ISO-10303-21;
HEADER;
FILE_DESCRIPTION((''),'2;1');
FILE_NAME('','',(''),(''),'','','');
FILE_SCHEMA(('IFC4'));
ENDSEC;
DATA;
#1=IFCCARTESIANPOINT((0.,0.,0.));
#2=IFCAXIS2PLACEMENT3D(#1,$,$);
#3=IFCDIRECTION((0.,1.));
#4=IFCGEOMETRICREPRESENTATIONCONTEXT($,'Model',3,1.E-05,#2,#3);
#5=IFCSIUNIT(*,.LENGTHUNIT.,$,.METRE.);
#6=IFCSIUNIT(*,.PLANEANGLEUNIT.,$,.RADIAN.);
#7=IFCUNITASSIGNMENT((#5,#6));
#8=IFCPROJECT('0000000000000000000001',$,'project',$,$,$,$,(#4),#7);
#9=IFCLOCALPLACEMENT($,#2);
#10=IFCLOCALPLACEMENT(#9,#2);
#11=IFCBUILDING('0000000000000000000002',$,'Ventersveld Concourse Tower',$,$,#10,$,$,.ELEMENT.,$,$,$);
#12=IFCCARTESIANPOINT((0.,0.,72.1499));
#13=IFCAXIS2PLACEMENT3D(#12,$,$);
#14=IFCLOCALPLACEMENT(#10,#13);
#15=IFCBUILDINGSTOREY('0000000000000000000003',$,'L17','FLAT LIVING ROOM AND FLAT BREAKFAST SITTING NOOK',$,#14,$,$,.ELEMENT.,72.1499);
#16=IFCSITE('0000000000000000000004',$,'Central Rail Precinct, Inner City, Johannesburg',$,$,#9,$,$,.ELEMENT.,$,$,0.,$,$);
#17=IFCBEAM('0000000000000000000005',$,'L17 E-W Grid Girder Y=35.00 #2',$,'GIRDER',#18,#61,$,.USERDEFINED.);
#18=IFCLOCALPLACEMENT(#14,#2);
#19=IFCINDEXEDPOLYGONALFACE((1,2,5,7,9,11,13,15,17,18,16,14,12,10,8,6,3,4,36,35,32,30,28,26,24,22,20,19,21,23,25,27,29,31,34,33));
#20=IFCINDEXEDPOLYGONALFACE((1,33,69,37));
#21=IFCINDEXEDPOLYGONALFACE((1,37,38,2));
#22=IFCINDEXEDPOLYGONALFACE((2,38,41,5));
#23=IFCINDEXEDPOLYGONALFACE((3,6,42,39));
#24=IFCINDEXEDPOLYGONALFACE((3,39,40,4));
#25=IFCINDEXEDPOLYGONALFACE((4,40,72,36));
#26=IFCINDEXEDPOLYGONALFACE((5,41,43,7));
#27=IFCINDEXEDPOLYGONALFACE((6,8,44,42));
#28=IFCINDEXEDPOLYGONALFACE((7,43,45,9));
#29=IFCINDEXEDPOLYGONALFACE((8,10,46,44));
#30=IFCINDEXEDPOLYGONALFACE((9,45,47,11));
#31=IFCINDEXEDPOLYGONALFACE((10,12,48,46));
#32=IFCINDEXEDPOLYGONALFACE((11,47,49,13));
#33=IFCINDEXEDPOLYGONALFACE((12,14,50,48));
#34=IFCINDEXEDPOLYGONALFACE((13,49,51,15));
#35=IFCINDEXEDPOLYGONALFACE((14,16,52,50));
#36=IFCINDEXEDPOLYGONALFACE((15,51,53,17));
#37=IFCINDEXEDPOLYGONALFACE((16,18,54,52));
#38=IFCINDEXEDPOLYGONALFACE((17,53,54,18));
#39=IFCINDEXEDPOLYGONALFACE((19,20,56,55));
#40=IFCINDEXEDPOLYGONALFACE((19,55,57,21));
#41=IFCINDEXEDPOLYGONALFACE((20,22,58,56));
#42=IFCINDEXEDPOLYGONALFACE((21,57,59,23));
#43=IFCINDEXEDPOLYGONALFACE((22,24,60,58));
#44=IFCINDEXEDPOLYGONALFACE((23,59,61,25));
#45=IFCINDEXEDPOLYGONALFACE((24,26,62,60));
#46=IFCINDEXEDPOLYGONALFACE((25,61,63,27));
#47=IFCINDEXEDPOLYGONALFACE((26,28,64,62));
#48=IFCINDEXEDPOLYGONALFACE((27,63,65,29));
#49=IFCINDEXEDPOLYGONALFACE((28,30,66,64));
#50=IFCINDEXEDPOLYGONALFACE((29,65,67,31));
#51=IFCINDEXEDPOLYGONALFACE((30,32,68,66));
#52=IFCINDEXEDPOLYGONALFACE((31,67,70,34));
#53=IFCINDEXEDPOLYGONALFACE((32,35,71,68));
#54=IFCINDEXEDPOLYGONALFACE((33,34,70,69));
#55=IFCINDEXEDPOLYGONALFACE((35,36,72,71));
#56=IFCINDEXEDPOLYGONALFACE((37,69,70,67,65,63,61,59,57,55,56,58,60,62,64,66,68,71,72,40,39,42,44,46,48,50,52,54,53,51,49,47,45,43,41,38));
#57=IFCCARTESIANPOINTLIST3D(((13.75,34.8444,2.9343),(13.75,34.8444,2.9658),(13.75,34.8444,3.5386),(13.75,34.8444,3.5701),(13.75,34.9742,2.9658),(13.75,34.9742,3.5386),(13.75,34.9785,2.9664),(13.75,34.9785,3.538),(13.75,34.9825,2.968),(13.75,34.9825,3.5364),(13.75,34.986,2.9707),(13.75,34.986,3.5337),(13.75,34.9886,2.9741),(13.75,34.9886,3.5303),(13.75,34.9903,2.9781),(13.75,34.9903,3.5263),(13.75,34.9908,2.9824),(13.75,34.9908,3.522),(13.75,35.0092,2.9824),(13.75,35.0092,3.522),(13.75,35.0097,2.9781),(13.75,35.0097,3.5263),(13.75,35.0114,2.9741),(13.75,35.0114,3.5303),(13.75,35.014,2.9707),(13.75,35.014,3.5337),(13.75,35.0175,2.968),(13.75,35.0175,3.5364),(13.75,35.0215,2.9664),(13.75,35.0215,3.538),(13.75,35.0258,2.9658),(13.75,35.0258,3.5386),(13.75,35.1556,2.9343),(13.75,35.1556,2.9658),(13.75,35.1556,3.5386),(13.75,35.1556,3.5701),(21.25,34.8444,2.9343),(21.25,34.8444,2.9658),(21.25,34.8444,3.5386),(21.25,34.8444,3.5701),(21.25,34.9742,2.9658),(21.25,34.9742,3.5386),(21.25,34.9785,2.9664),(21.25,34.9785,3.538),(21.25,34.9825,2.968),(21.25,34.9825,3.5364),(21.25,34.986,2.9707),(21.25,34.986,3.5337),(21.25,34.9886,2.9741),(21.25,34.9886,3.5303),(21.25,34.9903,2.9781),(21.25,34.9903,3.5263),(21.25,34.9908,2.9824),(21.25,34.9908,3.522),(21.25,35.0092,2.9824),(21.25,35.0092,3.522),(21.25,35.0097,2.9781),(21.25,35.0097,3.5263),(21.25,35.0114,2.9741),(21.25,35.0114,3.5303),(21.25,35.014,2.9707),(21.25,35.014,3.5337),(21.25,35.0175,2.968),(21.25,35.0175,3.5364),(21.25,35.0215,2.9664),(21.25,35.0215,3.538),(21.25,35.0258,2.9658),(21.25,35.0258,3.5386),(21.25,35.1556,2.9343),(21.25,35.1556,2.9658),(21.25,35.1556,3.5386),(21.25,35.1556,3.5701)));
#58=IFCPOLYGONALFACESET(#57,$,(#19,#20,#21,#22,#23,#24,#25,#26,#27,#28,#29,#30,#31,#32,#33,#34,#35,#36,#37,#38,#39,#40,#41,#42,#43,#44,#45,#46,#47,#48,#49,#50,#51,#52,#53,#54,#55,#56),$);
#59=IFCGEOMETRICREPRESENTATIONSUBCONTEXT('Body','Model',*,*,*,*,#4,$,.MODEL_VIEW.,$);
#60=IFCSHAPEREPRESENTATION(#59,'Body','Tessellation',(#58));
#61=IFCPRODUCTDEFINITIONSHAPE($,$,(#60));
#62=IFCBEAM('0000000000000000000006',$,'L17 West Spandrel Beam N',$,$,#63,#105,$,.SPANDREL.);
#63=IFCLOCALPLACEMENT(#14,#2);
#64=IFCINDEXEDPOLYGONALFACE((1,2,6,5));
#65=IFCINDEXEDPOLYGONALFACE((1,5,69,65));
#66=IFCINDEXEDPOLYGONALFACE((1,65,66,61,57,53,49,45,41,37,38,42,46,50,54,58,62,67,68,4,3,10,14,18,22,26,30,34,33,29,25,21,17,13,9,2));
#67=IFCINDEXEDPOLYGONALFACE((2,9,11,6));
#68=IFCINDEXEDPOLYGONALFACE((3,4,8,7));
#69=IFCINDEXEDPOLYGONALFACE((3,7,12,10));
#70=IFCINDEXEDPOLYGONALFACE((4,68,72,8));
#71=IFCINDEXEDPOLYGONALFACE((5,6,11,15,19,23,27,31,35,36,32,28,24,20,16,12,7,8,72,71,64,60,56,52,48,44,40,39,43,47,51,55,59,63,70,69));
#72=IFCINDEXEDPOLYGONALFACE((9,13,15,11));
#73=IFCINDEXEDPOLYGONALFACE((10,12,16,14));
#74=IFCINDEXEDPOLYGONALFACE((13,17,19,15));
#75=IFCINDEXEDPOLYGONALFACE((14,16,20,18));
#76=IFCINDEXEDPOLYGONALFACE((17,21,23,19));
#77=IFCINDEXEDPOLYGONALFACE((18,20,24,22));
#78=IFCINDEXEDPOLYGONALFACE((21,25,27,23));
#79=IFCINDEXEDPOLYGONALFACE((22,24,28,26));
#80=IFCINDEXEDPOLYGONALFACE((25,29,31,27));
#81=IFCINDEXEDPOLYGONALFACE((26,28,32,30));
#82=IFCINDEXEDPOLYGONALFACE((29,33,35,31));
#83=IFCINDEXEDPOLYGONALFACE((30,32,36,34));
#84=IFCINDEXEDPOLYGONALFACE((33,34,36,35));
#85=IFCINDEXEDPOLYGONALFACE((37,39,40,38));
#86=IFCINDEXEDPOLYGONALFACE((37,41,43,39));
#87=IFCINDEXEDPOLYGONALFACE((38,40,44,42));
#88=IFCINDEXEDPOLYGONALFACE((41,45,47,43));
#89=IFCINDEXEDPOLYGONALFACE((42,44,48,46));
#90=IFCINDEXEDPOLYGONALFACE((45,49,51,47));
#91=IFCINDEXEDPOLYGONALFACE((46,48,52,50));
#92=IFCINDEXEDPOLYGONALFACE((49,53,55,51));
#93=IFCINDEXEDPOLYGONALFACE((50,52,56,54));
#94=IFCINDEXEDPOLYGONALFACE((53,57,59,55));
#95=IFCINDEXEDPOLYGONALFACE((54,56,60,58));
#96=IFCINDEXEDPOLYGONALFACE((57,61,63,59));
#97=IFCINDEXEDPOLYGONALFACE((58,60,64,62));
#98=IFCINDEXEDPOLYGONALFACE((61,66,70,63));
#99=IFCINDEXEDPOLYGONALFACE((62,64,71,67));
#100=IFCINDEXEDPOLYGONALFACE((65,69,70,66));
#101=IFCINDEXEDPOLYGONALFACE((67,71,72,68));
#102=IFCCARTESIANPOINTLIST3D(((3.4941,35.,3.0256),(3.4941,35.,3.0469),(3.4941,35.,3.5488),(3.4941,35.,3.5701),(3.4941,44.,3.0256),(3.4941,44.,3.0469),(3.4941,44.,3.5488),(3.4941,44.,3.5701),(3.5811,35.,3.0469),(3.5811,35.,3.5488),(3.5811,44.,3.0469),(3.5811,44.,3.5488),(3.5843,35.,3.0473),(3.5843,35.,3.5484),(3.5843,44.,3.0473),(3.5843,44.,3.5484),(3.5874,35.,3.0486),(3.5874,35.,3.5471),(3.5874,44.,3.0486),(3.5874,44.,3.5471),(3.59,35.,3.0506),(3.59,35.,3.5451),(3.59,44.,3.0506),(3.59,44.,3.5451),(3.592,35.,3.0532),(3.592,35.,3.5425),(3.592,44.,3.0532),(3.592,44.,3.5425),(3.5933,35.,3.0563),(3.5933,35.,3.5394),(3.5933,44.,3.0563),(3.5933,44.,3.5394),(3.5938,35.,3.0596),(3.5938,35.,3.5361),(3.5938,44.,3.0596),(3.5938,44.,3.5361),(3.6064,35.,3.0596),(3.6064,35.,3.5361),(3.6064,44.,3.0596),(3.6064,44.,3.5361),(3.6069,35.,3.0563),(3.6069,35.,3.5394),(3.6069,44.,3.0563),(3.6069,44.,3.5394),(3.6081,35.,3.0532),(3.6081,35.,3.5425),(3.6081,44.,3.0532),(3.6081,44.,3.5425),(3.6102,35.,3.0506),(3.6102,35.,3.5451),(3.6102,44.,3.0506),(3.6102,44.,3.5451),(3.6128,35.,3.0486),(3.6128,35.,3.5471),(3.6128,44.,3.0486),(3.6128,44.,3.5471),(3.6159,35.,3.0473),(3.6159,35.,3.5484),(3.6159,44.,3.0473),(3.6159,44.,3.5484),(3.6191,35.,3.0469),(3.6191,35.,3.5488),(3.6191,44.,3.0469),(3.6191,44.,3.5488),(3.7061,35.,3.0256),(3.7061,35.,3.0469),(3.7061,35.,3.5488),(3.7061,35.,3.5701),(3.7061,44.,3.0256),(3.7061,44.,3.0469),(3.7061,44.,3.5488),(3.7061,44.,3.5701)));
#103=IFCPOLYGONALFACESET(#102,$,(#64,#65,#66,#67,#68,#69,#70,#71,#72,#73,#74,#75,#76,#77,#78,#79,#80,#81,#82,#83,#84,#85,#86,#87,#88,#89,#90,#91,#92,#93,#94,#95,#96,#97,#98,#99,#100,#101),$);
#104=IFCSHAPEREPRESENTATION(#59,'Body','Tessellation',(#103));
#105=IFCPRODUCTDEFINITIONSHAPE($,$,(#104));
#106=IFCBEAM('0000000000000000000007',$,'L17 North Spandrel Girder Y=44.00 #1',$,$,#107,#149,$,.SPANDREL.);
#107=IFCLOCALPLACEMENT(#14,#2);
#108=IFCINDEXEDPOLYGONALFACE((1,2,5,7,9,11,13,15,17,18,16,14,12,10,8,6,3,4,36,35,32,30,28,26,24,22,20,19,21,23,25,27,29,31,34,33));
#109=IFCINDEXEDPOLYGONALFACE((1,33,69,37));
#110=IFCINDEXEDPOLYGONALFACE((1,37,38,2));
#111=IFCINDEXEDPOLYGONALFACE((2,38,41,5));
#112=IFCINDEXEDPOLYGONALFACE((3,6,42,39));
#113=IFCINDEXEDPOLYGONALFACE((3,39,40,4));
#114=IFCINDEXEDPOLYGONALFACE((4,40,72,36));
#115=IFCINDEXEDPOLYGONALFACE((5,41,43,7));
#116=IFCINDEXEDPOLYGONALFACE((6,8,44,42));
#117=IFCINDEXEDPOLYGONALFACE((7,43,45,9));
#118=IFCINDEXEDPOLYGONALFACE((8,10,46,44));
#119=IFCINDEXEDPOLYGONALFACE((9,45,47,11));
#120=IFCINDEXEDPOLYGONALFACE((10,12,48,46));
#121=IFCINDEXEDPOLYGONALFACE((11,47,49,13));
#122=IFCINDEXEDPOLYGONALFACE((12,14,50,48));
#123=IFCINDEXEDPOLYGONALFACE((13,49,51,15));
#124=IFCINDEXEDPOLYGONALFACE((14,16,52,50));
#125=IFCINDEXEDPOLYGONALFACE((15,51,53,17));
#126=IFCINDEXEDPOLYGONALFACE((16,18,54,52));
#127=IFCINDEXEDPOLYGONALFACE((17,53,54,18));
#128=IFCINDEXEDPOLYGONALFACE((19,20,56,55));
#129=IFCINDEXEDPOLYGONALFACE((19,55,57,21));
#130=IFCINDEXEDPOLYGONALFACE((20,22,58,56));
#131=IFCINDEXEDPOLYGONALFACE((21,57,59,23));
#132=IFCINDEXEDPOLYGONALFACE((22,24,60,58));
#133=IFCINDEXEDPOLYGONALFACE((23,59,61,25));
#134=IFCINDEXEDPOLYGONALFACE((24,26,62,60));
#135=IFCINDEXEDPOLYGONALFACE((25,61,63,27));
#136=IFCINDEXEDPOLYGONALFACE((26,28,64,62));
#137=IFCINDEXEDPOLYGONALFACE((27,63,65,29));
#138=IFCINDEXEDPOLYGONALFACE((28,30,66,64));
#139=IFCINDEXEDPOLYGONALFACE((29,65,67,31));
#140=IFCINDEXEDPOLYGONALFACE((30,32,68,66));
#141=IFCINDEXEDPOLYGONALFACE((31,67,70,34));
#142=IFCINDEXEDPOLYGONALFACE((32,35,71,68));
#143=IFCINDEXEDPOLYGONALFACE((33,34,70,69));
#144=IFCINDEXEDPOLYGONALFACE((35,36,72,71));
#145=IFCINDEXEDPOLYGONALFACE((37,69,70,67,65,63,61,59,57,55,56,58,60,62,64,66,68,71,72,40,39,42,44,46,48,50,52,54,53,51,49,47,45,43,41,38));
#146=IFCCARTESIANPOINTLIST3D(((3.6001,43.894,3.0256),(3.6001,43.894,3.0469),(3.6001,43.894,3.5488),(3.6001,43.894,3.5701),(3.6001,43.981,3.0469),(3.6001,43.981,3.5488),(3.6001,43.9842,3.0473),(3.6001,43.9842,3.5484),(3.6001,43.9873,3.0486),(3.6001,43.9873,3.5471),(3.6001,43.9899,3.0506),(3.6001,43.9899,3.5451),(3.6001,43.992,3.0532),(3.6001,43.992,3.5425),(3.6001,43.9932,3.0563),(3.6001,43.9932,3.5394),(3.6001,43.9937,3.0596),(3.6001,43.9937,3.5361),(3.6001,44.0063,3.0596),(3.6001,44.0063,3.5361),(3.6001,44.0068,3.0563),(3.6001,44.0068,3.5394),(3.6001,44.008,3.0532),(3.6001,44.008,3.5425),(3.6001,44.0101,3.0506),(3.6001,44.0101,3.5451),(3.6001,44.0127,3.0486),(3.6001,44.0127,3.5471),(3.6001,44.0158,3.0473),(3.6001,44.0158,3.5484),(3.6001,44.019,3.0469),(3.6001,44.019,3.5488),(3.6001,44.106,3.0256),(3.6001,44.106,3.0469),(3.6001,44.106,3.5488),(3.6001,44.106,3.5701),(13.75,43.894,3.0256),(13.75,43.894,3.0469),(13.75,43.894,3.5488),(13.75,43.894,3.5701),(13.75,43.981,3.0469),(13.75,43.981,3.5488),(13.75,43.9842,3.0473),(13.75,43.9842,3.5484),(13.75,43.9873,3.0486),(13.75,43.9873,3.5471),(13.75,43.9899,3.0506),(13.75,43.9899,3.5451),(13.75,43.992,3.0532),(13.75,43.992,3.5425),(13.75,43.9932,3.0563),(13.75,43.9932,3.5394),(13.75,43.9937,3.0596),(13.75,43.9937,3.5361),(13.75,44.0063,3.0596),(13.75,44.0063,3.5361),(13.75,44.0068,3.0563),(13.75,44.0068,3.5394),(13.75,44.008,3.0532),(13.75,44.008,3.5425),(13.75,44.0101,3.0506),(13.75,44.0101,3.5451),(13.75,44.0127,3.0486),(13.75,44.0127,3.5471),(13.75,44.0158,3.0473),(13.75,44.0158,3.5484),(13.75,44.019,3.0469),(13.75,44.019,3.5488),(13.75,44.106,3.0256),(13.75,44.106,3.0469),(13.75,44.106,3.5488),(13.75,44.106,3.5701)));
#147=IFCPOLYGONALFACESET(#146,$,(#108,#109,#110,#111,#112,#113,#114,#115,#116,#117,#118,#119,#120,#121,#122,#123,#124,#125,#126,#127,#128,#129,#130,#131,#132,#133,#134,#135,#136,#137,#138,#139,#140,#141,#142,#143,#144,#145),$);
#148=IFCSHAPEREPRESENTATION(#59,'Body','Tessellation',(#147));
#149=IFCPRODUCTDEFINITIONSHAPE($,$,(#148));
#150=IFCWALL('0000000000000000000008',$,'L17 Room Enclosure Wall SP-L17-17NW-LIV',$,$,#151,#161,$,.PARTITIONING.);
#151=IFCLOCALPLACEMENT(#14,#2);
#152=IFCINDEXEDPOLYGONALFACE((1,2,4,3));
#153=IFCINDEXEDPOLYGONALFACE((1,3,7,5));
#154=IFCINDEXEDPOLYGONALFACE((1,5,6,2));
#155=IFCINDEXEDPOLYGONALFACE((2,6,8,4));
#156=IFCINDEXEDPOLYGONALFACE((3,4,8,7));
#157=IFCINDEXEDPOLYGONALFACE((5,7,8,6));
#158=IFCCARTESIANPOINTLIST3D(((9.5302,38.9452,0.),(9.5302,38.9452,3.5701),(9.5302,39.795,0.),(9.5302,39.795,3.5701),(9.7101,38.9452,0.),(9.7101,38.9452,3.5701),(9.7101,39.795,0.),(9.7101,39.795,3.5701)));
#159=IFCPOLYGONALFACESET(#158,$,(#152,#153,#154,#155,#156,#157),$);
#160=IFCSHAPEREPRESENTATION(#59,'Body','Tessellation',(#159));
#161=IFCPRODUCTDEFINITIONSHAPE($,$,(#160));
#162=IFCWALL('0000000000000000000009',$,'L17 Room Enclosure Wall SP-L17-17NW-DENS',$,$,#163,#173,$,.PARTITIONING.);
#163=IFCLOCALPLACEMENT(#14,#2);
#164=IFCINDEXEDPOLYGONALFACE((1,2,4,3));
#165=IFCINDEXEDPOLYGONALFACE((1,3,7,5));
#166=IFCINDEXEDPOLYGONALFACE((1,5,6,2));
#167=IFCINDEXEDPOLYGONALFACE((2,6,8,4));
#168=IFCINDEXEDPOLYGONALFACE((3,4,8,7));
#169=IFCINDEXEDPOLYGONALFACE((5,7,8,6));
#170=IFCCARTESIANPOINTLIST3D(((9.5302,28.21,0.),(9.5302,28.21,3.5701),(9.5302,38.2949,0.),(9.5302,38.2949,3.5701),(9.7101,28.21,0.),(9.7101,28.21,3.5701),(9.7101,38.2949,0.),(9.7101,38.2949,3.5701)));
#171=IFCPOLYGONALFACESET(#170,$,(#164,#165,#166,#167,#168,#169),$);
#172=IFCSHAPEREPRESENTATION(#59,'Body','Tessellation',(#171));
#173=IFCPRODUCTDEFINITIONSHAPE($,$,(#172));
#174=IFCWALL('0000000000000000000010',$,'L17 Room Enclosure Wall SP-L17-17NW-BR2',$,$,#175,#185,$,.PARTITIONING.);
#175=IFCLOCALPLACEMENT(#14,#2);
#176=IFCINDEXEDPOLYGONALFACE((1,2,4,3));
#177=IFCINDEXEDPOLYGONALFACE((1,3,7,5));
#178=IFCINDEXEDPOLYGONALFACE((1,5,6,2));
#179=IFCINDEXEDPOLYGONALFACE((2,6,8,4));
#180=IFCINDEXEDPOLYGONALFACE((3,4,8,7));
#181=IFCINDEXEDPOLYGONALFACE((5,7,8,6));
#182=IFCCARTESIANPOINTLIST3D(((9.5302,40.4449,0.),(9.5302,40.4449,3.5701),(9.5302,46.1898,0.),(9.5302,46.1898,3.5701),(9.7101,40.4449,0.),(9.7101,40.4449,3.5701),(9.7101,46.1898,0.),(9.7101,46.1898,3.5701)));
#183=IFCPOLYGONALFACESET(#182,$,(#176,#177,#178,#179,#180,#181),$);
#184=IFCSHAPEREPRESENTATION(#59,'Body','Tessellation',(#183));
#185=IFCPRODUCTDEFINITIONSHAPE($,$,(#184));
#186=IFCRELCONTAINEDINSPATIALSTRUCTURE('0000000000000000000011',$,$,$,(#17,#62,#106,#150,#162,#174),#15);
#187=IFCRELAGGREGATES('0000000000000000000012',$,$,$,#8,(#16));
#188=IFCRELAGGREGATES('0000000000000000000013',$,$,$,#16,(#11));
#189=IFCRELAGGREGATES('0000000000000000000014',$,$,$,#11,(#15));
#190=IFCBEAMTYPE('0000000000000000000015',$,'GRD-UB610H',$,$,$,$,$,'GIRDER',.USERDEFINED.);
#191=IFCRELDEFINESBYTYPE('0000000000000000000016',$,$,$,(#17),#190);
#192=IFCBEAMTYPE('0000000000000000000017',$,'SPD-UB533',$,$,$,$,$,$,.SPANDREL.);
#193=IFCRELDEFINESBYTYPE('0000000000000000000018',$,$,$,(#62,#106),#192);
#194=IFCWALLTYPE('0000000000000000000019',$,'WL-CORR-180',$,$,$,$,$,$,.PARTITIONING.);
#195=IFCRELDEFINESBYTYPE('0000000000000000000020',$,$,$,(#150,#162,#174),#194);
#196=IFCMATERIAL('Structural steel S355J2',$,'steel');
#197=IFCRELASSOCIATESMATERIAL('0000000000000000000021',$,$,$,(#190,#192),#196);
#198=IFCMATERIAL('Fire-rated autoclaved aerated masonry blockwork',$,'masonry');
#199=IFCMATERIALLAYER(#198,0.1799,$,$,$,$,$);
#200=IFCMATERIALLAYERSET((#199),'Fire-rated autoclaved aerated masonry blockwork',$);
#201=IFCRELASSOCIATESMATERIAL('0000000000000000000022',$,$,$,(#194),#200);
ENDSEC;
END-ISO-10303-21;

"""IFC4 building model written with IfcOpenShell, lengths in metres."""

from ifc_helpers import new_model, si_unit, direction, frame, frame_2d, origin, origin_2d, place, context, subcontext, project, spatial, rectangle, i_section, extrude, material, layer, layer_set, material_profile, profile_set, type_object, element, save


model = new_model("IFC4")

# Units and contexts
model_context = context("Model", 3, precision=1e-05, world=origin(), true_north=direction((0.0, 1.0)))
body_context = subcontext(model_context, "Body", "Model", "MODEL_VIEW")
ifc_project = project(units=[si_unit("LENGTHUNIT", "METRE"), si_unit("PLANEANGLEUNIT", "RADIAN")], contexts=[model_context])

# Site, building, storey
site_placement = place(None, origin())
site = spatial("IfcSite", under=ifc_project, at=site_placement, Name="Central Rail Precinct, Inner City, Johannesburg", CompositionType="ELEMENT", RefElevation=0.0)
building_placement = place(site_placement, origin())
building = spatial("IfcBuilding", under=site, at=building_placement, Name="Ventersveld Concourse Tower", CompositionType="ELEMENT")
storey_placement = place(building_placement, frame((0.0, 0.0, 72.1499)))
storey = spatial("IfcBuildingStorey", under=building, at=storey_placement, Name="L17", Description="FLAT LIVING ROOM AND FLAT BREAKFAST SITTING NOOK", CompositionType="ELEMENT", Elevation=72.1499)

# Beams
ifc_material_1 = material(Name="Structural steel S355J2", Category="steel")
ifc_material_profile_1 = material_profile(ifc_material_1, i_section(OverallWidth=0.3113, OverallDepth=0.6357, WebThickness=0.0183, FlangeThickness=0.0315, FilletRadius=0.0166, at=origin_2d()), Name="UB 610x305x238")
ifc_profile_set_1 = profile_set([ifc_material_profile_1], Name="Structural steel S355J2")
beam_type_1 = type_object("IfcBeamType", Name="GRD-UB610H", ElementType="GIRDER", PredefinedType="USERDEFINED", material=ifc_profile_set_1)
beam_1_placement = place(storey_placement, frame((13.75, 35.0, 3.2522), z_axis=(1.0, 0.0, 0.0), x_axis=(0.0, 1.0, 0.0)))
element("IfcBeam", 1, at=beam_1_placement, inside=storey, type_object=beam_type_1, Name="L17 E-W Grid Girder Y=35.00 #2", ObjectType="GIRDER", PredefinedType="USERDEFINED", context=body_context, shape_type="SweptSolid", body=[
    extrude(i_section(OverallWidth=0.3113, OverallDepth=0.6357, WebThickness=0.0183, FlangeThickness=0.0315, FilletRadius=0.0166, at=origin_2d()), origin(), (0.0, 0.0, 1.0), 7.5),
])
ifc_material_profile_2 = material_profile(ifc_material_1, i_section(OverallWidth=0.2119, OverallDepth=0.5444, WebThickness=0.0127, FlangeThickness=0.0212, FilletRadius=0.0127, at=origin_2d()), Name="UB 533x210x122")
ifc_profile_set_2 = profile_set([ifc_material_profile_2], Name="Structural steel S355J2")
beam_type_2 = type_object("IfcBeamType", Name="SPD-UB533", PredefinedType="SPANDREL", material=ifc_profile_set_2)
beam_2_placement = place(storey_placement, frame((3.6001, 35.0, 3.2979), z_axis=(0.0, 1.0, 0.0), x_axis=(-1.0, 0.0, 0.0)))
element("IfcBeam", 2, at=beam_2_placement, inside=storey, type_object=beam_type_2, Name="L17 West Spandrel Beam N", PredefinedType="SPANDREL", context=body_context, shape_type="SweptSolid", body=[
    extrude(i_section(OverallWidth=0.2119, OverallDepth=0.5444, WebThickness=0.0127, FlangeThickness=0.0212, FilletRadius=0.0127, at=origin_2d()), origin(), (0.0, 0.0, 1.0), 9.0),
])
beam_3_placement = place(storey_placement, frame((3.6001, 44.0, 3.2979), z_axis=(1.0, 0.0, 0.0), x_axis=(0.0, 1.0, 0.0)))
element("IfcBeam", 3, at=beam_3_placement, inside=storey, type_object=beam_type_2, Name="L17 North Spandrel Girder Y=44.00 #1", PredefinedType="SPANDREL", context=body_context, shape_type="SweptSolid", body=[
    extrude(i_section(OverallWidth=0.2119, OverallDepth=0.5444, WebThickness=0.0127, FlangeThickness=0.0212, FilletRadius=0.0127, at=origin_2d()), origin(), (0.0, 0.0, 1.0), 10.1499),
])

# Walls
ifc_material_2 = material(Name="Fire-rated autoclaved aerated masonry blockwork", Category="masonry")
ifc_layer_1 = layer(ifc_material_2, 0.1799)
ifc_layer_set_1 = layer_set([ifc_layer_1], Name="Fire-rated autoclaved aerated masonry blockwork")
wall_type_1 = type_object("IfcWallType", Name="WL-CORR-180", PredefinedType="PARTITIONING", material=ifc_layer_set_1)
wall_1_placement = place(storey_placement, frame((9.6201, 39.7949, 0.0), z_axis=(0.0, 0.0, 1.0), x_axis=(0.0, -1.0, 0.0)))
element("IfcWall", 4, at=wall_1_placement, inside=storey, type_object=wall_type_1, Name="L17 Room Enclosure Wall SP-L17-17NW-LIV", PredefinedType="PARTITIONING", context=body_context, shape_type="SweptSolid", body=[
    extrude(rectangle(XDim=0.8499, YDim=0.1799, at=frame_2d((0.4248, 0.0))), origin(), (0.0, 0.0, 1.0), 3.5701),
])
wall_2_placement = place(storey_placement, frame((9.6201, 38.2949, 0.0), z_axis=(0.0, 0.0, 1.0), x_axis=(0.0, -1.0, 0.0)))
element("IfcWall", 5, at=wall_2_placement, inside=storey, type_object=wall_type_1, Name="L17 Room Enclosure Wall SP-L17-17NW-DENS", PredefinedType="PARTITIONING", context=body_context, shape_type="SweptSolid", body=[
    extrude(rectangle(XDim=10.085, YDim=0.1799, at=frame_2d((5.0425, 0.0))), origin(), (0.0, 0.0, 1.0), 3.5701),
])
wall_3_placement = place(storey_placement, frame((9.6201, 46.1899, 0.0), z_axis=(0.0, 0.0, 1.0), x_axis=(0.0, -1.0, 0.0)))
element("IfcWall", 6, at=wall_3_placement, inside=storey, type_object=wall_type_1, Name="L17 Room Enclosure Wall SP-L17-17NW-BR2", PredefinedType="PARTITIONING", context=body_context, shape_type="SweptSolid", body=[
    extrude(rectangle(XDim=5.7449, YDim=0.1799, at=frame_2d((2.8726, 0.0))), origin(), (0.0, 0.0, 1.0), 3.5701),
])

save(model, "model.ifc")
